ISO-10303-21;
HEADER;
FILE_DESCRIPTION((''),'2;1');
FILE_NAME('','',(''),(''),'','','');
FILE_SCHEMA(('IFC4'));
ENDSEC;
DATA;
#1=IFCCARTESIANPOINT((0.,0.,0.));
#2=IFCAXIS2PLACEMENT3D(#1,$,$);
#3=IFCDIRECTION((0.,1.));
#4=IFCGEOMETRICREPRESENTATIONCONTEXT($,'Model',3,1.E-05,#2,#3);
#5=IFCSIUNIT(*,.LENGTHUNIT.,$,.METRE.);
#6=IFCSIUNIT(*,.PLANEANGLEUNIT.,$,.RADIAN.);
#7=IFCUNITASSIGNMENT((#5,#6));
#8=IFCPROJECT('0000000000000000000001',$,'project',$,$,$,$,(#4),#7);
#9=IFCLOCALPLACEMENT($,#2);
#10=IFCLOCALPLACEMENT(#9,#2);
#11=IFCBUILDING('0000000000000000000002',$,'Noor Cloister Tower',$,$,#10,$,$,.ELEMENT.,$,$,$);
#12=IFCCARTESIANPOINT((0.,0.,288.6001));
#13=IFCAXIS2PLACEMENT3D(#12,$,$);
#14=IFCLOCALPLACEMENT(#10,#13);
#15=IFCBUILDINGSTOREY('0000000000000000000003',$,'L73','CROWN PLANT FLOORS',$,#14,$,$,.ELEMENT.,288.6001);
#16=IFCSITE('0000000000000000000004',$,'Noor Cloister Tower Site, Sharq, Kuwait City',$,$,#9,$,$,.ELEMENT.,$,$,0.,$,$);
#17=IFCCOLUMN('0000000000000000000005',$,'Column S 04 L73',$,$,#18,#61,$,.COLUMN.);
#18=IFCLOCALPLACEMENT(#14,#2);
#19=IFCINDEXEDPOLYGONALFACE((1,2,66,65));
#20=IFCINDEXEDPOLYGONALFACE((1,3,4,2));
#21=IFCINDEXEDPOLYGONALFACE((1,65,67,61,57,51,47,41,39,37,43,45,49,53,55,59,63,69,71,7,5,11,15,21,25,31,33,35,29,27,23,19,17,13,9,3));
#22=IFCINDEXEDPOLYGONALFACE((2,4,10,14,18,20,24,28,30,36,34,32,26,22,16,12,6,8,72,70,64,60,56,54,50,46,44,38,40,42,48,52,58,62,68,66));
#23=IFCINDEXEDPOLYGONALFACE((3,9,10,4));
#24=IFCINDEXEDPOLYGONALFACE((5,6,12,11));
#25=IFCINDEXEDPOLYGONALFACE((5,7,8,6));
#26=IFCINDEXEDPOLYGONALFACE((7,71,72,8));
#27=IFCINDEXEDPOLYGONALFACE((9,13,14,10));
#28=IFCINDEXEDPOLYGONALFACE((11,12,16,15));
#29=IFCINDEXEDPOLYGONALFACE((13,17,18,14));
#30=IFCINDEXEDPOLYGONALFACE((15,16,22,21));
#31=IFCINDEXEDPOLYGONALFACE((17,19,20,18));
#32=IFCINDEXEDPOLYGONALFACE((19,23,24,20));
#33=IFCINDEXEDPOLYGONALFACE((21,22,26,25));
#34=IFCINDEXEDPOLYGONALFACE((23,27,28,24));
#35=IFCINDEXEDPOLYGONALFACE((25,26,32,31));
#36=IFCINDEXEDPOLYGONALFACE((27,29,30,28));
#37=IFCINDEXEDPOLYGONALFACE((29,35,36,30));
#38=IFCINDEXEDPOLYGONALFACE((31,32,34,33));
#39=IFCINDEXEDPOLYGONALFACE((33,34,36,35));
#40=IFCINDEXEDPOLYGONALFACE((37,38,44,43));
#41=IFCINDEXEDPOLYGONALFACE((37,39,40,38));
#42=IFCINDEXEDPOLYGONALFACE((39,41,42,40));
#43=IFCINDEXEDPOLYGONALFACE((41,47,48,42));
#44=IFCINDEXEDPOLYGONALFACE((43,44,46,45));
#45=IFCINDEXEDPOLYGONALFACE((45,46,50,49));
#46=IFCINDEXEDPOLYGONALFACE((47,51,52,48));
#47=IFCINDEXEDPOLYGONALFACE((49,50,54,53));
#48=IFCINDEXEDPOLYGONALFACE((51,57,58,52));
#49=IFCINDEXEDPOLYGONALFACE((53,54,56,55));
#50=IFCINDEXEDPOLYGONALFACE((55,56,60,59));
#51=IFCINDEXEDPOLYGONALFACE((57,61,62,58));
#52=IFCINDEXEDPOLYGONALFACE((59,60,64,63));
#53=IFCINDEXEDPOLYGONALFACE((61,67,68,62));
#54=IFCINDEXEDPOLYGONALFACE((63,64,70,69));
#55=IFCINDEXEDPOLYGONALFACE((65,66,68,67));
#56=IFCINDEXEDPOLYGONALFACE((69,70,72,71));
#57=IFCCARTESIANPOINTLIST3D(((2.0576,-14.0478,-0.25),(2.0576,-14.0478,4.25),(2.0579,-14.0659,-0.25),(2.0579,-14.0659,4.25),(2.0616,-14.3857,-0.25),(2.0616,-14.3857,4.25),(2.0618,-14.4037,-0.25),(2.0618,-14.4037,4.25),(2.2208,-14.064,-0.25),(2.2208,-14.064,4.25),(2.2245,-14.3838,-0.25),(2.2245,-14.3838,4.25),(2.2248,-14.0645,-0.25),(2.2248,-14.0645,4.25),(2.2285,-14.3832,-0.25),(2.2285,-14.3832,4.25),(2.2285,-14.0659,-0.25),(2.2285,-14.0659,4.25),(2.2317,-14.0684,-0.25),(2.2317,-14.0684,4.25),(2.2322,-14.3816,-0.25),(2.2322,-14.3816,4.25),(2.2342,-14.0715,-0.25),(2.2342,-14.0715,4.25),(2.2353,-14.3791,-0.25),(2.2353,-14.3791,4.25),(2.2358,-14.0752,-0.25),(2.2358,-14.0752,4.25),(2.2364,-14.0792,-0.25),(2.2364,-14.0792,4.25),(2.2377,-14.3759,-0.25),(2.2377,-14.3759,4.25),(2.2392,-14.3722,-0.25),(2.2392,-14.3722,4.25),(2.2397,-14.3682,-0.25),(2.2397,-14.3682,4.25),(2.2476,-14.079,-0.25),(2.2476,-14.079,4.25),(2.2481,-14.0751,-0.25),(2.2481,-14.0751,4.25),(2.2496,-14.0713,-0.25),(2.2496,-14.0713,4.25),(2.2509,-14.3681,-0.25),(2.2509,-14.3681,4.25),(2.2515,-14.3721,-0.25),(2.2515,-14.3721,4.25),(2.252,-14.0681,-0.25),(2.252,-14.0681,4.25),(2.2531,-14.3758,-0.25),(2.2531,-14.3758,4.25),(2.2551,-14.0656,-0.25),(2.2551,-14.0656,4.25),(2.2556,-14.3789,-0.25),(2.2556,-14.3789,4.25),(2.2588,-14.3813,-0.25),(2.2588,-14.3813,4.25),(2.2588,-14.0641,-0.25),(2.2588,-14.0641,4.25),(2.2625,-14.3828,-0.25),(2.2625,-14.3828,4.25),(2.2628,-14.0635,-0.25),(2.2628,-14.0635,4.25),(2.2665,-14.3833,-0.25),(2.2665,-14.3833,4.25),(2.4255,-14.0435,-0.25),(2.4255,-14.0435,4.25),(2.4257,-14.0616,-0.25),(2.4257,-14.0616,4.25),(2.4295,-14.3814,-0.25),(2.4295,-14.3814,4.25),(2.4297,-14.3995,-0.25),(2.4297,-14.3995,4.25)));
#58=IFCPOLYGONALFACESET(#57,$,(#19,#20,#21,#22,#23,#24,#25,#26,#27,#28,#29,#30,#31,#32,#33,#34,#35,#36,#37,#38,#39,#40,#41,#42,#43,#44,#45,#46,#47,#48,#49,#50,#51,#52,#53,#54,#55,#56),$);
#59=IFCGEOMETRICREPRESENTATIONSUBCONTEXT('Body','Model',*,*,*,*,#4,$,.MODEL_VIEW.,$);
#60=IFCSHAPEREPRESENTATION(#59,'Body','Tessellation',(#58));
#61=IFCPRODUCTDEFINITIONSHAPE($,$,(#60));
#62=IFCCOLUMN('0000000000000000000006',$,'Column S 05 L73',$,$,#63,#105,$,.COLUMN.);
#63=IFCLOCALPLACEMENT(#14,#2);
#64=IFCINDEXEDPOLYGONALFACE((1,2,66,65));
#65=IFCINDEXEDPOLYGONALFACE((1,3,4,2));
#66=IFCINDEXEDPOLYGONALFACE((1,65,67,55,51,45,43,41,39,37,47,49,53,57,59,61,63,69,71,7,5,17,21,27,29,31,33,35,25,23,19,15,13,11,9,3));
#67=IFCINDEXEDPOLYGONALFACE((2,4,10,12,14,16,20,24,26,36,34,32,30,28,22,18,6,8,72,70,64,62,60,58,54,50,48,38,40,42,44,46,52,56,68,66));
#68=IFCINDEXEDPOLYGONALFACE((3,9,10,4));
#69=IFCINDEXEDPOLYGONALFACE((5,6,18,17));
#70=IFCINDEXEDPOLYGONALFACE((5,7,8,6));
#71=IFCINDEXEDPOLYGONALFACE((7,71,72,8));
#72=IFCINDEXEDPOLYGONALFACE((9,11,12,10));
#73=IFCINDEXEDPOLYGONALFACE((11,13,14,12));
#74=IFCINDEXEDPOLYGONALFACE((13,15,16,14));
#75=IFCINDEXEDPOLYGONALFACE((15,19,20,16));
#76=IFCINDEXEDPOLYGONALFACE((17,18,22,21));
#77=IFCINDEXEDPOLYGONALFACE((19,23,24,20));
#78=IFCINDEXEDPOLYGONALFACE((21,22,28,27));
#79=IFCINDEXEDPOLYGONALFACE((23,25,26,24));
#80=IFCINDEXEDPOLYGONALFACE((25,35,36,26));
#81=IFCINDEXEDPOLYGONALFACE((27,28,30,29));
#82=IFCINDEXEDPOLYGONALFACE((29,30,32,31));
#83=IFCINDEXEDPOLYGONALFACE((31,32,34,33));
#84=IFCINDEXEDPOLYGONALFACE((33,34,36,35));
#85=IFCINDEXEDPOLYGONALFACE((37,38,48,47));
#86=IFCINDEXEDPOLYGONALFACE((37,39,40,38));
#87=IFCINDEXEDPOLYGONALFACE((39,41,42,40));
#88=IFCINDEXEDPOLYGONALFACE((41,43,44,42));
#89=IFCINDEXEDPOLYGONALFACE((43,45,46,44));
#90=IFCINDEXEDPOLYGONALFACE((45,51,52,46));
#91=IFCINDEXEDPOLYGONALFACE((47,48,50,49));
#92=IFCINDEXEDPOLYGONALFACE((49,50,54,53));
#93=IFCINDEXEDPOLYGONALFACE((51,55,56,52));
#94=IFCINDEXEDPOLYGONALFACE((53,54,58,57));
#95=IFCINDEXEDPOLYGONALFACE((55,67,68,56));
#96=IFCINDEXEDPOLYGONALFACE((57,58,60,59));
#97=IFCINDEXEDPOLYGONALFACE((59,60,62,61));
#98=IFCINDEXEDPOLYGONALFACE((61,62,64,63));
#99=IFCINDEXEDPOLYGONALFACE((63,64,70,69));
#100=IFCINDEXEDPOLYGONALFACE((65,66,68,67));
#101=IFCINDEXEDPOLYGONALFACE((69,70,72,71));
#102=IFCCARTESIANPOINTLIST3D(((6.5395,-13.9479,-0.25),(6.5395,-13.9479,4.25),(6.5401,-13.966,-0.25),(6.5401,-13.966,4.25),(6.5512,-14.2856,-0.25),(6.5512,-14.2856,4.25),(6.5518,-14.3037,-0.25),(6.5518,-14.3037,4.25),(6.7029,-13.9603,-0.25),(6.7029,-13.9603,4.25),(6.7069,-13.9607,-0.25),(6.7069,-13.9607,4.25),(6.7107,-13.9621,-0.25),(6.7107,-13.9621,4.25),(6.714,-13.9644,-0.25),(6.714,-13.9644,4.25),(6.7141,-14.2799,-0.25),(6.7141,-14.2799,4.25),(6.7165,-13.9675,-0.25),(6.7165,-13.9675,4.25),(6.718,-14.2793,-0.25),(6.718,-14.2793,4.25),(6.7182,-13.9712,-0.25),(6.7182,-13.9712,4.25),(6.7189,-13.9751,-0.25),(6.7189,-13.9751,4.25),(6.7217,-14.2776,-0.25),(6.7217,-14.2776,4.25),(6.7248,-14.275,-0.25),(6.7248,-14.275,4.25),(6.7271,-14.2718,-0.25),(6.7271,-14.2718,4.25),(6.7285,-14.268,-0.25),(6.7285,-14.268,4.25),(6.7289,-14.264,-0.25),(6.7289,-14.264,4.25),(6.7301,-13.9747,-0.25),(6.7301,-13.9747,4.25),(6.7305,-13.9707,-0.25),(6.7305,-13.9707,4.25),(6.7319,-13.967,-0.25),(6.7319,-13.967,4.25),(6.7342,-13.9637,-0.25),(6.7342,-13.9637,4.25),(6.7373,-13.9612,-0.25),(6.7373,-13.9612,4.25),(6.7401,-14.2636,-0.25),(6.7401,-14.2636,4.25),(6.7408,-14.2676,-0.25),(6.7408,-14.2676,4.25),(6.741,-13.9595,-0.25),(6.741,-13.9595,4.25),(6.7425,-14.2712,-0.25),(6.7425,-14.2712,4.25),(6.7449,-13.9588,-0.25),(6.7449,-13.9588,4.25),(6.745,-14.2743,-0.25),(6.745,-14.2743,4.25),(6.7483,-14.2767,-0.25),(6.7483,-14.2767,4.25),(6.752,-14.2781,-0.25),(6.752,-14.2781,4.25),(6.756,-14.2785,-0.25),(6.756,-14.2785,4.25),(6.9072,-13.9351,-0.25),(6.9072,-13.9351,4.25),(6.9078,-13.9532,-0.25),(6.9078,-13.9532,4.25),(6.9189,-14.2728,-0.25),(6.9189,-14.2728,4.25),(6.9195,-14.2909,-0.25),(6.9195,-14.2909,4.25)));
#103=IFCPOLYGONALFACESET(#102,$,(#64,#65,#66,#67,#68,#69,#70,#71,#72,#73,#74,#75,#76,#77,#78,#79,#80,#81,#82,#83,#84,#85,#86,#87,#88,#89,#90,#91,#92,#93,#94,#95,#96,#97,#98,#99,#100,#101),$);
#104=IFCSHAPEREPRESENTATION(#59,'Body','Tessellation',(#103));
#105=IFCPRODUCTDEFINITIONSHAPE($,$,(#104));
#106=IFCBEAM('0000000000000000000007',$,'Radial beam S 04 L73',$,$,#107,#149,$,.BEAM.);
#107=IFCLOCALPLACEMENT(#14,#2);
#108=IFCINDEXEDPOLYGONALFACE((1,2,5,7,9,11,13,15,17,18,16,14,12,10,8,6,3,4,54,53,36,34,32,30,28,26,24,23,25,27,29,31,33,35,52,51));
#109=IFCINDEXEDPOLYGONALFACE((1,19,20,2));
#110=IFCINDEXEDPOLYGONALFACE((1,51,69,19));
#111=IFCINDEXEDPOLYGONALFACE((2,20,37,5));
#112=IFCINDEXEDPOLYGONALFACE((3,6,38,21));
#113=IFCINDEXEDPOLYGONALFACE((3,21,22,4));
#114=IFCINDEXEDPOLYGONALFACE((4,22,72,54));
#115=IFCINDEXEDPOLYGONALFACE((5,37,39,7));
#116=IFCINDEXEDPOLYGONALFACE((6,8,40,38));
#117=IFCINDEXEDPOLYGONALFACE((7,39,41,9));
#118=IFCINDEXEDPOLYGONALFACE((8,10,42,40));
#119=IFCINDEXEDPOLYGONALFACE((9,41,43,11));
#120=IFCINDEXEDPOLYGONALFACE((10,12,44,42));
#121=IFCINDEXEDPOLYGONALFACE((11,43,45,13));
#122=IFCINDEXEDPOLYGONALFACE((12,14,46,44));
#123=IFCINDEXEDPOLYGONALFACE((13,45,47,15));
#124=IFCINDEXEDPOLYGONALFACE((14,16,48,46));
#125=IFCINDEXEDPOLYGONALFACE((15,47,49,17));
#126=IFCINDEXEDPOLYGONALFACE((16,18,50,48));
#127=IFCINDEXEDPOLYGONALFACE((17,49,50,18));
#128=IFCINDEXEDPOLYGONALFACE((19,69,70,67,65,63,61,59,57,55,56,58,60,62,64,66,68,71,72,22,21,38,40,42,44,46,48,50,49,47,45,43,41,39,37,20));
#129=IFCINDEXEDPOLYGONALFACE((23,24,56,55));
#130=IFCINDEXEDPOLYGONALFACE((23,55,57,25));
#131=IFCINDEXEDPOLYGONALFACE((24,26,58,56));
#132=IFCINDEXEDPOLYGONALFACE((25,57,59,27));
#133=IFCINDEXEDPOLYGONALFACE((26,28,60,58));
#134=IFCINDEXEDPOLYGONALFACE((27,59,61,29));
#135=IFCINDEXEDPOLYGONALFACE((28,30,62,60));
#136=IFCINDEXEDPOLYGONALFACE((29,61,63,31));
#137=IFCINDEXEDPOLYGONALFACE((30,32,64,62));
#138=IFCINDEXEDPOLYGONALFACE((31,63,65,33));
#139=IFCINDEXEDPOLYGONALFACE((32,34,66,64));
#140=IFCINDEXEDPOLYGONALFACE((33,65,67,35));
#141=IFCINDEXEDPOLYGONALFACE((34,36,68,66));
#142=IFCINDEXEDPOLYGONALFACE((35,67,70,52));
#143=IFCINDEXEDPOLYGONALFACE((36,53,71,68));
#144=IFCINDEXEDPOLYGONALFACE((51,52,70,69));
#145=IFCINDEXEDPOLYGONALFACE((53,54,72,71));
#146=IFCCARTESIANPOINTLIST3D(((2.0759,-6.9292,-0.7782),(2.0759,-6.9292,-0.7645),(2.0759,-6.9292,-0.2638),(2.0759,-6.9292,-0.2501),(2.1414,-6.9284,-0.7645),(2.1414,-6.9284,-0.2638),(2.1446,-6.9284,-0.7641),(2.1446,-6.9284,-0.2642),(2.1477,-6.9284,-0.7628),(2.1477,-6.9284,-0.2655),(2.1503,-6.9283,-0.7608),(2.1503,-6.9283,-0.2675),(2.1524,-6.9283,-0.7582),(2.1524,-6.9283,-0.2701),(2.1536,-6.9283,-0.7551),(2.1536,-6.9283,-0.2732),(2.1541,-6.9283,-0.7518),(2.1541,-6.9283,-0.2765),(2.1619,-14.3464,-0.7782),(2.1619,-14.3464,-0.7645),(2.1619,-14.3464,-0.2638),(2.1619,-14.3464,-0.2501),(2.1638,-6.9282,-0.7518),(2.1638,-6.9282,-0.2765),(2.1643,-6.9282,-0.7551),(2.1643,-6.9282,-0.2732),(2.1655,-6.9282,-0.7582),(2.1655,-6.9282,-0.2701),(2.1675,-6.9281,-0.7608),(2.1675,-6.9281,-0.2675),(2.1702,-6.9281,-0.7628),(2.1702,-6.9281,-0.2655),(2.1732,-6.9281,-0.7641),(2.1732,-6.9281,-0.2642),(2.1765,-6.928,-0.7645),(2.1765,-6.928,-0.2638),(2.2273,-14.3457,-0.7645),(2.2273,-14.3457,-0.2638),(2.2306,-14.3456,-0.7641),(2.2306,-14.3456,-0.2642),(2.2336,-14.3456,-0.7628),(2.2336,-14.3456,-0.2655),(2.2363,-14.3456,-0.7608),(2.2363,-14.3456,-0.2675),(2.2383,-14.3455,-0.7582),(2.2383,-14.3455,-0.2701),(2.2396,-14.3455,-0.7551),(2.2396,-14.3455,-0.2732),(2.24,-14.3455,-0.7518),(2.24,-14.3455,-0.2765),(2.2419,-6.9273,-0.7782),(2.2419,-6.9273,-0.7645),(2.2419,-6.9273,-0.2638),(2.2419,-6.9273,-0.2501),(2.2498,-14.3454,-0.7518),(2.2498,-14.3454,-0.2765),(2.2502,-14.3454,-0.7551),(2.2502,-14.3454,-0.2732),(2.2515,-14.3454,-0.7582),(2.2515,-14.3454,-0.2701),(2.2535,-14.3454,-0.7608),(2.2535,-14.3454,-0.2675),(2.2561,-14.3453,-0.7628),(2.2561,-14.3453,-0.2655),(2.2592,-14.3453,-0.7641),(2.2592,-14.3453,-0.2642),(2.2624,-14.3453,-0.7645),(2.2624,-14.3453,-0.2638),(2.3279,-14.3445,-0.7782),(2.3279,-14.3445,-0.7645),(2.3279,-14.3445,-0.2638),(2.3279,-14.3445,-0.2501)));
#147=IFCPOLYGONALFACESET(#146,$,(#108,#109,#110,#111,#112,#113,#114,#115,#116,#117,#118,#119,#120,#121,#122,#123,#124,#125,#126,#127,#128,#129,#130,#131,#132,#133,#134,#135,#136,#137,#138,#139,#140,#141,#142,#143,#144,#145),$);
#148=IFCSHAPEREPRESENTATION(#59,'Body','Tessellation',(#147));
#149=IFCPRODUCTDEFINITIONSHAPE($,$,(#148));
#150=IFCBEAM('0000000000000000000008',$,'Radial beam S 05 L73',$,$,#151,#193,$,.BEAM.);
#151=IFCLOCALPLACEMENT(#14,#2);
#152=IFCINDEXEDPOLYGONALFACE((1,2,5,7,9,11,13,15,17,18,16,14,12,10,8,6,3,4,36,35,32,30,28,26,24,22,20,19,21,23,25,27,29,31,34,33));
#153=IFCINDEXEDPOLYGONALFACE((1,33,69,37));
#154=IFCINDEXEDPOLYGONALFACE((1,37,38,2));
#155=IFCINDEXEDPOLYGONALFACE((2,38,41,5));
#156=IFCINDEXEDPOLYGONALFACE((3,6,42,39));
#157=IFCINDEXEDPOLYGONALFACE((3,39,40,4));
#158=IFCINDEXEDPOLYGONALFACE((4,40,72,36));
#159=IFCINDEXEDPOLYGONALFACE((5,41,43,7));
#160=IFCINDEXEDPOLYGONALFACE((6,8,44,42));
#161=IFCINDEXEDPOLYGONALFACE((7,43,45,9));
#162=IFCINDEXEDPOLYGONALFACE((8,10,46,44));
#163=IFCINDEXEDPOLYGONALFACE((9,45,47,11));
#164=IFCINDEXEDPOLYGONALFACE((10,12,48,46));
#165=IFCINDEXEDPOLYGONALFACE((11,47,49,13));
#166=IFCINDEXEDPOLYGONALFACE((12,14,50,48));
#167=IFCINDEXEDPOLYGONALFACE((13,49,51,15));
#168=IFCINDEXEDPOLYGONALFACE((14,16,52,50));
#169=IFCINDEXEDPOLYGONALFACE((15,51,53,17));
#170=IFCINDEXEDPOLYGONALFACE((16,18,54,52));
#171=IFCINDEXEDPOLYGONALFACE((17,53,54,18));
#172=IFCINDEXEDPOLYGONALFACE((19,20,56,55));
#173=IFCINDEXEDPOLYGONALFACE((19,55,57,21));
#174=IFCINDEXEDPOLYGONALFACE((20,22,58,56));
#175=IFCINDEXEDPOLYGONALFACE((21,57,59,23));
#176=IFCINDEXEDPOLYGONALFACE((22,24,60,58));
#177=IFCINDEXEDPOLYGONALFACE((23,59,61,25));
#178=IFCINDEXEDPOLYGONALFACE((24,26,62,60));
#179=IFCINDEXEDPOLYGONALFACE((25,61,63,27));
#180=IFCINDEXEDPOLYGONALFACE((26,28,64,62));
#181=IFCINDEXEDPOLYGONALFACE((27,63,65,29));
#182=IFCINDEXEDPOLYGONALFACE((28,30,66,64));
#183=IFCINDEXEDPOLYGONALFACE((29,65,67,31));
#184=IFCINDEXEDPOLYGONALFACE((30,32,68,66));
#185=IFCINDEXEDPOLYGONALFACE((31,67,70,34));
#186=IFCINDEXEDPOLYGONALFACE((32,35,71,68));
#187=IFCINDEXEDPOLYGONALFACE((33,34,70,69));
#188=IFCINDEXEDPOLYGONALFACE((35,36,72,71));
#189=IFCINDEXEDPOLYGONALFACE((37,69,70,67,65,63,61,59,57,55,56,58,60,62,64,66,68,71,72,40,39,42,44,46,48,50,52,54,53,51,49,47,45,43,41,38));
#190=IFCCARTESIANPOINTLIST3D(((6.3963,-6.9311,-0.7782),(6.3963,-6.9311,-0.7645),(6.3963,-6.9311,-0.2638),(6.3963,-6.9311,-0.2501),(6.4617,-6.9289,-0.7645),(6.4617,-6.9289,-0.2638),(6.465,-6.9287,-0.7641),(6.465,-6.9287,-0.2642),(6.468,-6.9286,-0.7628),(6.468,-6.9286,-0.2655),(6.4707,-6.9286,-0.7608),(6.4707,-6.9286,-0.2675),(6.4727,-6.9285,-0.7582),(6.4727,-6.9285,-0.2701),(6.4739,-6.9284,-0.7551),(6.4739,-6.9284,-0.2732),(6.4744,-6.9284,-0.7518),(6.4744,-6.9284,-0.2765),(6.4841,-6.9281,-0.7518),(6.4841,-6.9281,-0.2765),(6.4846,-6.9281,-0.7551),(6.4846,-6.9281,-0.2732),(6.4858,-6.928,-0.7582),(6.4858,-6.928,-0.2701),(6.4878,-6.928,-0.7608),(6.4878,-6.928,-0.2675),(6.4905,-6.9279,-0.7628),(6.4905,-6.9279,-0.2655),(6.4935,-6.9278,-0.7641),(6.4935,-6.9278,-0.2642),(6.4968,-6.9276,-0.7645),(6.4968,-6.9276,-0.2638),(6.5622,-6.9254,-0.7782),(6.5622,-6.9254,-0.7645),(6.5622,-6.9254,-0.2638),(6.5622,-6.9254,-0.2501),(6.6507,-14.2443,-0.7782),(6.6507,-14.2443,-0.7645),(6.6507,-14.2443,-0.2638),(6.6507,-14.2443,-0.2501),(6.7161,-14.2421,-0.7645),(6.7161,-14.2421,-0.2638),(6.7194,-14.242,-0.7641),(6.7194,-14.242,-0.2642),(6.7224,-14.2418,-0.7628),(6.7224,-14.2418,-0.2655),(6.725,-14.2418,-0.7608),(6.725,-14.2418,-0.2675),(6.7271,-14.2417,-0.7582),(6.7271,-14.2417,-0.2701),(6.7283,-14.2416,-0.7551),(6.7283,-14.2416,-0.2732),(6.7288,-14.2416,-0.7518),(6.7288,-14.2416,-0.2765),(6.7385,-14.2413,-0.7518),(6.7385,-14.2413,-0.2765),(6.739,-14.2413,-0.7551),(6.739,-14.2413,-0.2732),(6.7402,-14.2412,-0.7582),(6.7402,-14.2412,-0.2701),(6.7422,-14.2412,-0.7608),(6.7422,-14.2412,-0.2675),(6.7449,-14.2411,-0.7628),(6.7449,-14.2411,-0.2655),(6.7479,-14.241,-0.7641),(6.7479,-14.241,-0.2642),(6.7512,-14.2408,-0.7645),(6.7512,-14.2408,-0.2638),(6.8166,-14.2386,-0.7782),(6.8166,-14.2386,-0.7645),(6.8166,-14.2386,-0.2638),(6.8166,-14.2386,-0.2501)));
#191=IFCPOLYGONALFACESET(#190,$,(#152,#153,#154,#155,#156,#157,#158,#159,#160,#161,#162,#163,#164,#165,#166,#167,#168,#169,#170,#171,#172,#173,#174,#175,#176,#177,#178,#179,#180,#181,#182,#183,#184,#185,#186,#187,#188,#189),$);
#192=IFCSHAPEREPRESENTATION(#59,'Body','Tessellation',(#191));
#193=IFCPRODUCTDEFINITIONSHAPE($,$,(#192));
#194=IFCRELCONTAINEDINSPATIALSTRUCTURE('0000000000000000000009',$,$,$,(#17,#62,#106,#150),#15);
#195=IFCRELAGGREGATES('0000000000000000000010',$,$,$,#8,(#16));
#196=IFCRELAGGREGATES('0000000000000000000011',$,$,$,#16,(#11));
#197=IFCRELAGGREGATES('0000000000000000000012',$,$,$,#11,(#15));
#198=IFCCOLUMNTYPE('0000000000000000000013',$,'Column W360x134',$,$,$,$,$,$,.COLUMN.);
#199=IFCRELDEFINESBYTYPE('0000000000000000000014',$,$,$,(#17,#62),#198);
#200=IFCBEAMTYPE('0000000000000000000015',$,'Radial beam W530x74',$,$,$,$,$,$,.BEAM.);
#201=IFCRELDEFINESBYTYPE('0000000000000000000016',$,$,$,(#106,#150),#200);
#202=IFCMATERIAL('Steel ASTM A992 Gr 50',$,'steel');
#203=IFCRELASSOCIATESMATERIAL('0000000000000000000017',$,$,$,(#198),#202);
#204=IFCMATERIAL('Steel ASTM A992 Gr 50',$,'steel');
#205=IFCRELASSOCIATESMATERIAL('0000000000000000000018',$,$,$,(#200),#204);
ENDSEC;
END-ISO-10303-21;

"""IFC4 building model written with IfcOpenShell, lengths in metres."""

from ifc_helpers import new_model, si_unit, direction, frame, origin, origin_2d, place, context, subcontext, project, spatial, i_section, extrude, material, material_profile, profile_set, type_object, element, save


model = new_model("IFC4")

# Units and contexts
model_context = context("Model", 3, precision=1e-05, world=origin(), true_north=direction((0.0, 1.0)))
body_context = subcontext(model_context, "Body", "Model", "MODEL_VIEW")
ifc_project = project(units=[si_unit("LENGTHUNIT", "METRE"), si_unit("PLANEANGLEUNIT", "RADIAN")], contexts=[model_context])

# Site, building, storey
site_placement = place(None, origin())
site = spatial("IfcSite", under=ifc_project, at=site_placement, Name="Noor Cloister Tower Site, Sharq, Kuwait City", CompositionType="ELEMENT", RefElevation=0.0)
building_placement = place(site_placement, origin())
building = spatial("IfcBuilding", under=site, at=building_placement, Name="Noor Cloister Tower", CompositionType="ELEMENT")
storey_placement = place(building_placement, frame((0.0, 0.0, 288.6001)))
storey = spatial("IfcBuildingStorey", under=building, at=storey_placement, Name="L73", Description="CROWN PLANT FLOORS", CompositionType="ELEMENT", Elevation=288.6001)

# Columns
ifc_material_1 = material(Name="Steel ASTM A992 Gr 50", Category="steel")
ifc_material_profile_1 = material_profile(ifc_material_1, i_section(OverallWidth=0.3679, OverallDepth=0.356, WebThickness=0.0112, FlangeThickness=0.0181, FilletRadius=0.0154, at=origin_2d()), Name="W360x134")
ifc_profile_set_1 = profile_set([ifc_material_profile_1], Name="Steel ASTM A992 Gr 50")
column_type = type_object("IfcColumnType", Name="Column W360x134", PredefinedType="COLUMN", material=ifc_profile_set_1)
for number, where, z_axis, x_axis, name in (
    (1, (2.2437, -14.2236, -0.25), (0.0, 0.0, 1.0), (0.999933, 0.011596, 0.0), "Column S 04 L73"),
    (2, (6.7295, -14.1194, -0.25), (0.0, 0.0, 1.0), (0.999395, 0.034782, 0.0), "Column S 05 L73"),
):
    element("IfcColumn", number, at=place(storey_placement, frame(where, z_axis=z_axis, x_axis=x_axis)), inside=storey, type_object=column_type, Name=name, PredefinedType="COLUMN", context=body_context, shape_type="SweptSolid", body=[
        extrude(i_section(OverallWidth=0.3679, OverallDepth=0.356, WebThickness=0.0112, FlangeThickness=0.0181, FilletRadius=0.0154, at=origin_2d()), origin(), (0.0, 0.0, 1.0), 4.5),
    ])

# Beams
ifc_material_2 = material(Name="Steel ASTM A992 Gr 50", Category="steel")
ifc_material_profile_2 = material_profile(ifc_material_2, i_section(OverallWidth=0.166, OverallDepth=0.5281, WebThickness=0.0098, FlangeThickness=0.0137, FilletRadius=0.0127, at=origin_2d()), Name="W530x74")
ifc_profile_set_2 = profile_set([ifc_material_profile_2], Name="Steel ASTM A992 Gr 50")
beam_type_1 = type_object("IfcBeamType", Name="Radial beam W530x74", PredefinedType="BEAM", material=ifc_profile_set_2)
beam_1_placement = place(storey_placement, frame((2.2449, -14.3455, -0.5142), z_axis=(-0.011585, 0.999933, 0.0), x_axis=(-0.999933, -0.011585, 0.0)))
element("IfcBeam", 3, at=beam_1_placement, inside=storey, type_object=beam_type_1, Name="Radial beam S 04 L73", PredefinedType="BEAM", context=body_context, shape_type="SweptSolid", body=[
    extrude(i_section(OverallWidth=0.166, OverallDepth=0.5281, WebThickness=0.0098, FlangeThickness=0.0137, FilletRadius=0.0127, at=origin_2d()), origin(), (0.0, 0.0, 1.0), 7.4177),
])
beam_2_placement = place(storey_placement, frame((6.7336, -14.2415, -0.5142), z_axis=(-0.034764, 0.999396, 0.0), x_axis=(-0.999396, -0.034764, 0.0)))
element("IfcBeam", 4, at=beam_2_placement, inside=storey, type_object=beam_type_1, Name="Radial beam S 05 L73", PredefinedType="BEAM", context=body_context, shape_type="SweptSolid", body=[
    extrude(i_section(OverallWidth=0.166, OverallDepth=0.5281, WebThickness=0.0098, FlangeThickness=0.0137, FilletRadius=0.0127, at=origin_2d()), origin(), (0.0, 0.0, 1.0), 7.3176),
])

save(model, "model.ifc")
